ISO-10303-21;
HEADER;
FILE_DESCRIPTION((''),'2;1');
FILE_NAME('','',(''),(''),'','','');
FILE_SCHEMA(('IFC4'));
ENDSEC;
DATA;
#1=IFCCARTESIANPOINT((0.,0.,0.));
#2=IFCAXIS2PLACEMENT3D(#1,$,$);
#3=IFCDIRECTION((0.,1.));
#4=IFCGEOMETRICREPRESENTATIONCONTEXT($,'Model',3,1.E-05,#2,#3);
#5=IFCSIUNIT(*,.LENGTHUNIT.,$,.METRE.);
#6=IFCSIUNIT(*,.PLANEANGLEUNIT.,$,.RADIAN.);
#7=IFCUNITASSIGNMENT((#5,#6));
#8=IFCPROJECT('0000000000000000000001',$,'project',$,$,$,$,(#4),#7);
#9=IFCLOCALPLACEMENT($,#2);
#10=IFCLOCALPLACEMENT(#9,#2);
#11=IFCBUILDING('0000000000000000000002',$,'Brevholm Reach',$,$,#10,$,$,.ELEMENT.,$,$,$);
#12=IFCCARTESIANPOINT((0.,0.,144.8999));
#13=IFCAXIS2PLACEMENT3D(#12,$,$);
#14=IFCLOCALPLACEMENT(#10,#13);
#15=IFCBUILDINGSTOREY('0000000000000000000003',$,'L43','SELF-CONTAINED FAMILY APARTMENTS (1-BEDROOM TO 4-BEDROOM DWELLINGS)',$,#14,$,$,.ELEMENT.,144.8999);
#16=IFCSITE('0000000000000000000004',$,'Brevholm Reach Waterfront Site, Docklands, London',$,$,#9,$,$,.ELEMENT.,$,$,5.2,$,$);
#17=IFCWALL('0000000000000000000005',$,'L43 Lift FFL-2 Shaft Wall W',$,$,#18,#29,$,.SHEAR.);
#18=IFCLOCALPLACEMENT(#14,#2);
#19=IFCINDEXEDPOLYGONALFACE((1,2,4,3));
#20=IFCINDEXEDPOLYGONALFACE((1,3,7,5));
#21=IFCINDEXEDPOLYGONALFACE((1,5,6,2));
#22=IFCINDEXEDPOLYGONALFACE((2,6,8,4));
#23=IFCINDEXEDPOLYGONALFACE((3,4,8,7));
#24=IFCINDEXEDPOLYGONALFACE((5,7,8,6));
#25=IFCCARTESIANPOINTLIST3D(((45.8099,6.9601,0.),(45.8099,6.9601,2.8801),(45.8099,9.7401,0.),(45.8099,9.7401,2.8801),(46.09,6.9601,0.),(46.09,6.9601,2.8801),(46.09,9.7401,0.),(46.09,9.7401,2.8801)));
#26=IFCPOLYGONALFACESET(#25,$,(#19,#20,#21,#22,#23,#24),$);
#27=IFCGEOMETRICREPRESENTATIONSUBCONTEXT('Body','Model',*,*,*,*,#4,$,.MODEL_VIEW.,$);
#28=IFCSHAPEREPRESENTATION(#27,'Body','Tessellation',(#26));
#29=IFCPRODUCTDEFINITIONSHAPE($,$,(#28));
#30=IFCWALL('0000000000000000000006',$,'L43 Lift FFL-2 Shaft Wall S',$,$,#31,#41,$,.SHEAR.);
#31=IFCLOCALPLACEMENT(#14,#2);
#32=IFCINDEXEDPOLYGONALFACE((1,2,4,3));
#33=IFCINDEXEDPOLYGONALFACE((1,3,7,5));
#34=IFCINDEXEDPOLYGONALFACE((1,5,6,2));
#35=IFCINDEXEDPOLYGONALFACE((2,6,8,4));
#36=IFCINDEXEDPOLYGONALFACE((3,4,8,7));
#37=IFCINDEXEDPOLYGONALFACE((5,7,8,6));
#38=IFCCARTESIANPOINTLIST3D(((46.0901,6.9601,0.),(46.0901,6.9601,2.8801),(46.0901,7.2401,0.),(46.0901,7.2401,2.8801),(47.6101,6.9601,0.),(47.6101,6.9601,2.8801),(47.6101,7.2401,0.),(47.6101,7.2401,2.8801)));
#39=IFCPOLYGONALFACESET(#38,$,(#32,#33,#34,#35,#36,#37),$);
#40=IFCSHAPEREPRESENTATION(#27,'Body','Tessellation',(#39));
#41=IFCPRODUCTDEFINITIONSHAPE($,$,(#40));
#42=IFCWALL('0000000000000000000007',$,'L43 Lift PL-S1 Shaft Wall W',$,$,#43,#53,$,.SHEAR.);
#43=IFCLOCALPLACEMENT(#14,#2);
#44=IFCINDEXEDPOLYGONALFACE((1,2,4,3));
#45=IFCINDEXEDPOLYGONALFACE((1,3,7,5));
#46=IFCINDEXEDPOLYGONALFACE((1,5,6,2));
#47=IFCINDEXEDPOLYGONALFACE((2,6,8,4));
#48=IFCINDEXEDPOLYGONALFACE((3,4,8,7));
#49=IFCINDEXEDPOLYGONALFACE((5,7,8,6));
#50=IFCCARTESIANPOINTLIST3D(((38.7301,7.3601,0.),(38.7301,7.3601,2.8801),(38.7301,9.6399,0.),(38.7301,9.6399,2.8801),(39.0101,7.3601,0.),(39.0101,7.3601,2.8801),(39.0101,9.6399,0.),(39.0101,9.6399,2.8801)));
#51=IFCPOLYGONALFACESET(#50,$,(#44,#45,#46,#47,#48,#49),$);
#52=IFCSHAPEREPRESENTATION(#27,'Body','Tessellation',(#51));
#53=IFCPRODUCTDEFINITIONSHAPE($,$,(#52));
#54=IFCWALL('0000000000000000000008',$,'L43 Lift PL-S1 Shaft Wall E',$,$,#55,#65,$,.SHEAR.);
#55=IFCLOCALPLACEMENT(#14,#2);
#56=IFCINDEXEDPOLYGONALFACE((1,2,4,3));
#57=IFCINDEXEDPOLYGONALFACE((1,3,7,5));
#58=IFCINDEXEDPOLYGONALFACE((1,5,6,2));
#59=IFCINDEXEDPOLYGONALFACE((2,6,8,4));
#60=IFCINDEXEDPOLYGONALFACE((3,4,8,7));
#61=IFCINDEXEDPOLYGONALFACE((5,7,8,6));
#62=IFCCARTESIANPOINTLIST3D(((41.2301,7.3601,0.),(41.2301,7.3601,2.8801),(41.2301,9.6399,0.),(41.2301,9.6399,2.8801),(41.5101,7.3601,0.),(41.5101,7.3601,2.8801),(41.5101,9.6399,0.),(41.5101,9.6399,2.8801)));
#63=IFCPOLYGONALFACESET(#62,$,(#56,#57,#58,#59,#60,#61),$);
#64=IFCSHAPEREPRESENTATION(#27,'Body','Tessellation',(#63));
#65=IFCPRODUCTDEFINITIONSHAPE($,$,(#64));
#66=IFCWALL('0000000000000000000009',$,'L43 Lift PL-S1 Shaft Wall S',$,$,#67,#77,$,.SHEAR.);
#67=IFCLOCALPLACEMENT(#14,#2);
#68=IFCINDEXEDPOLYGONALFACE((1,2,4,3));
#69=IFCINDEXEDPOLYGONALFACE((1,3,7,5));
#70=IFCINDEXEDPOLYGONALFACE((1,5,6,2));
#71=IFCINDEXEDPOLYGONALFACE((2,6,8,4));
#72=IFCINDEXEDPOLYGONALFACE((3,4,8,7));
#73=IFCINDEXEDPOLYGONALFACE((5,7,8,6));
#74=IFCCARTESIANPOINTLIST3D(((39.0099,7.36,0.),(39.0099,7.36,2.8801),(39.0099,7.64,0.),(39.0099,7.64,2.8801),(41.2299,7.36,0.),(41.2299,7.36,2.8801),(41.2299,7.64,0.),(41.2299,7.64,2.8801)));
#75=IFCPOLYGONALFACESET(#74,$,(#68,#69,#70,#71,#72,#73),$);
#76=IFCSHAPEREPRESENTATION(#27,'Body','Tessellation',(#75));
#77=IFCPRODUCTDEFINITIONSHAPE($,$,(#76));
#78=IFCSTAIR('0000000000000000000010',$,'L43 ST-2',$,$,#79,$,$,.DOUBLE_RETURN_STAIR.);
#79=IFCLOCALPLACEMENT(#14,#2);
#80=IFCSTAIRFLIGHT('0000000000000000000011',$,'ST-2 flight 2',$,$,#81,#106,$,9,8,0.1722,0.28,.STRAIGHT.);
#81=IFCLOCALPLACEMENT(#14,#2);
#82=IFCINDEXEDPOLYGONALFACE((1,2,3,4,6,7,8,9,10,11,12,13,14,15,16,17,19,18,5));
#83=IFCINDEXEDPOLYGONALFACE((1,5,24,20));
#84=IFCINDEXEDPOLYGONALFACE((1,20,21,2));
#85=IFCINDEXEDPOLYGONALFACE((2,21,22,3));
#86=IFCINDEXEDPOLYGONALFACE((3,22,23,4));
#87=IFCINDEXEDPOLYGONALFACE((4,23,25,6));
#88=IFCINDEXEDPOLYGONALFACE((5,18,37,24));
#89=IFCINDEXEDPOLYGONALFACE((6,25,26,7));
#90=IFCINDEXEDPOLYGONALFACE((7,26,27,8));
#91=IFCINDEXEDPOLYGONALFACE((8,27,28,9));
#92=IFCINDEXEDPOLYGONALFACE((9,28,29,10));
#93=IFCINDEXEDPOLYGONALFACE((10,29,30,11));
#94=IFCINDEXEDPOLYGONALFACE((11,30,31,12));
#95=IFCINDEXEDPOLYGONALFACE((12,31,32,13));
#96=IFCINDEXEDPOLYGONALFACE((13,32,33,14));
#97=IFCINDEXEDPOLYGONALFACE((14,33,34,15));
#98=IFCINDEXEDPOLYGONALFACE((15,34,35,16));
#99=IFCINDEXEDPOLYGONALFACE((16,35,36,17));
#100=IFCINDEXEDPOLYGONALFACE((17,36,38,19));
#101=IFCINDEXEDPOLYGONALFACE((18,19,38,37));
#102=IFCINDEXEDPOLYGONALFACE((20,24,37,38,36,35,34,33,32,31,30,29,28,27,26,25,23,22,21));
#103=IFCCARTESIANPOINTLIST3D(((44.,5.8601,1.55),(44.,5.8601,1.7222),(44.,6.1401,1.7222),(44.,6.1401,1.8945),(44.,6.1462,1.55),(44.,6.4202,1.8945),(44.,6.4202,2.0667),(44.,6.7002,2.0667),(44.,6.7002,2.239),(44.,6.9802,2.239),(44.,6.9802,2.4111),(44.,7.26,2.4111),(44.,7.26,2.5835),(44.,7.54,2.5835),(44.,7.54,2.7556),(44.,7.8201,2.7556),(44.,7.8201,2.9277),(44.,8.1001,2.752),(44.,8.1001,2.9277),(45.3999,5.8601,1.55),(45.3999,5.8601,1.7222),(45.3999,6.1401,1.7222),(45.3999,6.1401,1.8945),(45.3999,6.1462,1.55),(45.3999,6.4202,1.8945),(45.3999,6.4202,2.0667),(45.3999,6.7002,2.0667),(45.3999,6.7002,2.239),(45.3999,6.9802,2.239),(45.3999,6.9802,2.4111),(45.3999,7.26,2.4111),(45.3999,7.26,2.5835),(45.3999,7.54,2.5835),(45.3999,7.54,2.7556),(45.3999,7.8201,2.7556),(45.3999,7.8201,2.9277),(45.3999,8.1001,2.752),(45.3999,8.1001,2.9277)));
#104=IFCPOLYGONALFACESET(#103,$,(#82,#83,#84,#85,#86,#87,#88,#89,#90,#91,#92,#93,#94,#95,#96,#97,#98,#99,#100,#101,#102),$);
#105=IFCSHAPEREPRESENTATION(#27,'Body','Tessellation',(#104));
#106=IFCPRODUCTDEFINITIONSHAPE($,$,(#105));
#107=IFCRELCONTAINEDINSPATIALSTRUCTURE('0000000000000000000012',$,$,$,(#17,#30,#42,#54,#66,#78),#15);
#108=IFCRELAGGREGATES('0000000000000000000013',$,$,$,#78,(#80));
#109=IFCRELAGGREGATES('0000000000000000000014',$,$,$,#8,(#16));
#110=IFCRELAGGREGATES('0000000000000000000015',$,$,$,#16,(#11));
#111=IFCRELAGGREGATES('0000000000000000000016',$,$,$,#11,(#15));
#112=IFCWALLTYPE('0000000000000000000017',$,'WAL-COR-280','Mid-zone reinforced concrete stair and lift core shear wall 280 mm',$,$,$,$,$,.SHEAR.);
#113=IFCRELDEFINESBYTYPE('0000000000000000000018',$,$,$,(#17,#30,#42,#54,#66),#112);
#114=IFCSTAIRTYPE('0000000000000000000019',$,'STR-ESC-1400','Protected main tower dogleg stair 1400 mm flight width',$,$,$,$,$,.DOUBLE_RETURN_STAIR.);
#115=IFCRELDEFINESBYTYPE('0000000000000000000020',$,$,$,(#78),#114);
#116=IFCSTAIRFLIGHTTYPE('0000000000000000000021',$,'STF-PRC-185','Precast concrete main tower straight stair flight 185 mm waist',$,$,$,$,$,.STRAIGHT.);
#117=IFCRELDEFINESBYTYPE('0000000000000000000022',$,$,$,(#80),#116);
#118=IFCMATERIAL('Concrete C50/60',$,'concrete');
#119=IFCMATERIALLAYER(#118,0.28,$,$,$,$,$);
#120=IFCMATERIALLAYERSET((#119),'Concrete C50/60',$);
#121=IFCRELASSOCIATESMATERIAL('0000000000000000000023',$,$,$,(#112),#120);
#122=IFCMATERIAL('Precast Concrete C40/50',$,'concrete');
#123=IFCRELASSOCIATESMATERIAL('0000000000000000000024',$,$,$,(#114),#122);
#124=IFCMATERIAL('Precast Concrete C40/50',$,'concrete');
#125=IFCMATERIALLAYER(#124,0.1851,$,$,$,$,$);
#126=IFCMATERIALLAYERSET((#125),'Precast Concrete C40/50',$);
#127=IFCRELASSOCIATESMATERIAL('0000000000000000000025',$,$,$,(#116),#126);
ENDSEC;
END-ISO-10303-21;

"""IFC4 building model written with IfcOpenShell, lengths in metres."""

from ifc_helpers import new_model, si_unit, direction, frame, frame_2d, origin, place, context, subcontext, project, spatial, polyline, rectangle, outline, extrude, material, layer, layer_set, type_object, element, aggregate, save


model = new_model("IFC4")

# Units and contexts
model_context = context("Model", 3, precision=1e-05, world=origin(), true_north=direction((0.0, 1.0)))
body_context = subcontext(model_context, "Body", "Model", "MODEL_VIEW")
ifc_project = project(units=[si_unit("LENGTHUNIT", "METRE"), si_unit("PLANEANGLEUNIT", "RADIAN")], contexts=[model_context])

# Site, building, storey
site_placement = place(None, origin())
site = spatial("IfcSite", under=ifc_project, at=site_placement, Name="Brevholm Reach Waterfront Site, Docklands, London", CompositionType="ELEMENT", RefElevation=5.2)
building_placement = place(site_placement, origin())
building = spatial("IfcBuilding", under=site, at=building_placement, Name="Brevholm Reach", CompositionType="ELEMENT")
storey_placement = place(building_placement, frame((0.0, 0.0, 144.8999)))
storey = spatial("IfcBuildingStorey", under=building, at=storey_placement, Name="L43", Description="SELF-CONTAINED FAMILY APARTMENTS (1-BEDROOM TO 4-BEDROOM DWELLINGS)", CompositionType="ELEMENT", Elevation=144.8999)

# Walls
ifc_material_1 = material(Name="Concrete C50/60", Category="concrete")
ifc_layer_1 = layer(ifc_material_1, 0.28)
ifc_layer_set_1 = layer_set([ifc_layer_1], Name="Concrete C50/60")
wall_type = type_object("IfcWallType", Name="WAL-COR-280", Description="Mid-zone reinforced concrete stair and lift core shear wall 280 mm", PredefinedType="SHEAR", material=ifc_layer_set_1)
wall_1_placement = place(storey_placement, frame((45.95, 6.96, 0.0), z_axis=(0.0, 0.0, 1.0), x_axis=(0.0, 1.0, 0.0)))
element("IfcWall", 1, at=wall_1_placement, inside=storey, type_object=wall_type, Name="L43 Lift FFL-2 Shaft Wall W", PredefinedType="SHEAR", context=body_context, shape_type="SweptSolid", body=[
    extrude(rectangle(XDim=2.78, YDim=0.28, at=frame_2d((1.3901, 0.0))), origin(), (0.0, 0.0, 1.0), 2.8801),
])
wall_2_placement = place(storey_placement, frame((46.0901, 7.1001, 0.0), z_axis=(0.0, 0.0, 1.0), x_axis=(1.0, 0.0, 0.0)))
element("IfcWall", 2, at=wall_2_placement, inside=storey, type_object=wall_type, Name="L43 Lift FFL-2 Shaft Wall S", PredefinedType="SHEAR", context=body_context, shape_type="SweptSolid", body=[
    extrude(rectangle(XDim=1.52, YDim=0.28, at=frame_2d((0.76, 0.0))), origin(), (0.0, 0.0, 1.0), 2.8801),
])
for number, where, z_axis, x_axis, name in (
    (3, (38.8701, 7.3601, 0.0), (0.0, 0.0, 1.0), (0.0, 1.0, 0.0), "L43 Lift PL-S1 Shaft Wall W"),
    (4, (41.3701, 7.3601, 0.0), (0.0, 0.0, 1.0), (0.0, 1.0, 0.0), "L43 Lift PL-S1 Shaft Wall E"),
):
    element("IfcWall", number, at=place(storey_placement, frame(where, z_axis=z_axis, x_axis=x_axis)), inside=storey, type_object=wall_type, Name=name, PredefinedType="SHEAR", context=body_context, shape_type="SweptSolid", body=[
        extrude(rectangle(XDim=2.2798, YDim=0.28, at=frame_2d((1.1399, 0.0))), origin(), (0.0, 0.0, 1.0), 2.8801),
    ])
wall_3_placement = place(storey_placement, frame((39.01, 7.5, 0.0), z_axis=(0.0, 0.0, 1.0), x_axis=(1.0, 0.0, 0.0)))
element("IfcWall", 5, at=wall_3_placement, inside=storey, type_object=wall_type, Name="L43 Lift PL-S1 Shaft Wall S", PredefinedType="SHEAR", context=body_context, shape_type="SweptSolid", body=[
    extrude(rectangle(XDim=2.22, YDim=0.28, at=frame_2d((1.1099, 0.0))), origin(), (0.0, 0.0, 1.0), 2.8801),
])

# Stair, stair flight
ifc_material_2 = material(Name="Precast Concrete C40/50", Category="concrete")
stair_type = type_object("IfcStairType", Name="STR-ESC-1400", Description="Protected main tower dogleg stair 1400 mm flight width", PredefinedType="DOUBLE_RETURN_STAIR", material=ifc_material_2)
stair_placement = place(storey_placement, origin())
stair = element("IfcStair", 6, at=stair_placement, inside=storey, type_object=stair_type, Name="L43 ST-2", PredefinedType="DOUBLE_RETURN_STAIR")
ifc_material_3 = material(Name="Precast Concrete C40/50", Category="concrete")
ifc_layer_2 = layer(ifc_material_3, 0.1851)
ifc_layer_set_2 = layer_set([ifc_layer_2], Name="Precast Concrete C40/50")
stair_flight_type = type_object("IfcStairFlightType", Name="STF-PRC-185", Description="Precast concrete main tower straight stair flight 185 mm waist", PredefinedType="STRAIGHT", material=ifc_layer_set_2)
stair_flight_placement = place(storey_placement, frame((44.7, 5.8601, 1.55), z_axis=(0.0, 0.0, 1.0), x_axis=(0.0, 1.0, 0.0)))
stair_flight = element("IfcStairFlight", 7, at=stair_flight_placement, type_object=stair_flight_type, Name="ST-2 flight 2", NumberOfRisers=9, NumberOfTreads=8, PredefinedType="STRAIGHT", RiserHeight=0.1722, TreadLength=0.28, context=body_context, shape_type="SweptSolid", body=[
    extrude(outline(polyline([(0.0, 0.0), (0.0, 0.1721), (0.28, 0.1721), (0.28, 0.3445), (0.5601, 0.3445), (0.5601, 0.5166), (0.8401, 0.5166), (0.8401, 0.689), (1.1201, 0.689), (1.1201, 0.8611), (1.3999, 0.8611), (1.3999, 1.0334), (1.6799, 1.0334), (1.6799, 1.2056), (1.96, 1.2056), (1.96, 1.3777), (2.24, 1.3777), (2.24, 1.55), (2.24, 1.2019), (0.2861, 0.0), (0.0, 0.0)])), frame((0.0, 0.7, 0.0), z_axis=(0.0, -1.0, 0.0), x_axis=(1.0, 0.0, 0.0)), (0.0, 0.0, 1.0), 1.3999),
])
aggregate(stair, [stair_flight])

save(model, "model.ifc")
